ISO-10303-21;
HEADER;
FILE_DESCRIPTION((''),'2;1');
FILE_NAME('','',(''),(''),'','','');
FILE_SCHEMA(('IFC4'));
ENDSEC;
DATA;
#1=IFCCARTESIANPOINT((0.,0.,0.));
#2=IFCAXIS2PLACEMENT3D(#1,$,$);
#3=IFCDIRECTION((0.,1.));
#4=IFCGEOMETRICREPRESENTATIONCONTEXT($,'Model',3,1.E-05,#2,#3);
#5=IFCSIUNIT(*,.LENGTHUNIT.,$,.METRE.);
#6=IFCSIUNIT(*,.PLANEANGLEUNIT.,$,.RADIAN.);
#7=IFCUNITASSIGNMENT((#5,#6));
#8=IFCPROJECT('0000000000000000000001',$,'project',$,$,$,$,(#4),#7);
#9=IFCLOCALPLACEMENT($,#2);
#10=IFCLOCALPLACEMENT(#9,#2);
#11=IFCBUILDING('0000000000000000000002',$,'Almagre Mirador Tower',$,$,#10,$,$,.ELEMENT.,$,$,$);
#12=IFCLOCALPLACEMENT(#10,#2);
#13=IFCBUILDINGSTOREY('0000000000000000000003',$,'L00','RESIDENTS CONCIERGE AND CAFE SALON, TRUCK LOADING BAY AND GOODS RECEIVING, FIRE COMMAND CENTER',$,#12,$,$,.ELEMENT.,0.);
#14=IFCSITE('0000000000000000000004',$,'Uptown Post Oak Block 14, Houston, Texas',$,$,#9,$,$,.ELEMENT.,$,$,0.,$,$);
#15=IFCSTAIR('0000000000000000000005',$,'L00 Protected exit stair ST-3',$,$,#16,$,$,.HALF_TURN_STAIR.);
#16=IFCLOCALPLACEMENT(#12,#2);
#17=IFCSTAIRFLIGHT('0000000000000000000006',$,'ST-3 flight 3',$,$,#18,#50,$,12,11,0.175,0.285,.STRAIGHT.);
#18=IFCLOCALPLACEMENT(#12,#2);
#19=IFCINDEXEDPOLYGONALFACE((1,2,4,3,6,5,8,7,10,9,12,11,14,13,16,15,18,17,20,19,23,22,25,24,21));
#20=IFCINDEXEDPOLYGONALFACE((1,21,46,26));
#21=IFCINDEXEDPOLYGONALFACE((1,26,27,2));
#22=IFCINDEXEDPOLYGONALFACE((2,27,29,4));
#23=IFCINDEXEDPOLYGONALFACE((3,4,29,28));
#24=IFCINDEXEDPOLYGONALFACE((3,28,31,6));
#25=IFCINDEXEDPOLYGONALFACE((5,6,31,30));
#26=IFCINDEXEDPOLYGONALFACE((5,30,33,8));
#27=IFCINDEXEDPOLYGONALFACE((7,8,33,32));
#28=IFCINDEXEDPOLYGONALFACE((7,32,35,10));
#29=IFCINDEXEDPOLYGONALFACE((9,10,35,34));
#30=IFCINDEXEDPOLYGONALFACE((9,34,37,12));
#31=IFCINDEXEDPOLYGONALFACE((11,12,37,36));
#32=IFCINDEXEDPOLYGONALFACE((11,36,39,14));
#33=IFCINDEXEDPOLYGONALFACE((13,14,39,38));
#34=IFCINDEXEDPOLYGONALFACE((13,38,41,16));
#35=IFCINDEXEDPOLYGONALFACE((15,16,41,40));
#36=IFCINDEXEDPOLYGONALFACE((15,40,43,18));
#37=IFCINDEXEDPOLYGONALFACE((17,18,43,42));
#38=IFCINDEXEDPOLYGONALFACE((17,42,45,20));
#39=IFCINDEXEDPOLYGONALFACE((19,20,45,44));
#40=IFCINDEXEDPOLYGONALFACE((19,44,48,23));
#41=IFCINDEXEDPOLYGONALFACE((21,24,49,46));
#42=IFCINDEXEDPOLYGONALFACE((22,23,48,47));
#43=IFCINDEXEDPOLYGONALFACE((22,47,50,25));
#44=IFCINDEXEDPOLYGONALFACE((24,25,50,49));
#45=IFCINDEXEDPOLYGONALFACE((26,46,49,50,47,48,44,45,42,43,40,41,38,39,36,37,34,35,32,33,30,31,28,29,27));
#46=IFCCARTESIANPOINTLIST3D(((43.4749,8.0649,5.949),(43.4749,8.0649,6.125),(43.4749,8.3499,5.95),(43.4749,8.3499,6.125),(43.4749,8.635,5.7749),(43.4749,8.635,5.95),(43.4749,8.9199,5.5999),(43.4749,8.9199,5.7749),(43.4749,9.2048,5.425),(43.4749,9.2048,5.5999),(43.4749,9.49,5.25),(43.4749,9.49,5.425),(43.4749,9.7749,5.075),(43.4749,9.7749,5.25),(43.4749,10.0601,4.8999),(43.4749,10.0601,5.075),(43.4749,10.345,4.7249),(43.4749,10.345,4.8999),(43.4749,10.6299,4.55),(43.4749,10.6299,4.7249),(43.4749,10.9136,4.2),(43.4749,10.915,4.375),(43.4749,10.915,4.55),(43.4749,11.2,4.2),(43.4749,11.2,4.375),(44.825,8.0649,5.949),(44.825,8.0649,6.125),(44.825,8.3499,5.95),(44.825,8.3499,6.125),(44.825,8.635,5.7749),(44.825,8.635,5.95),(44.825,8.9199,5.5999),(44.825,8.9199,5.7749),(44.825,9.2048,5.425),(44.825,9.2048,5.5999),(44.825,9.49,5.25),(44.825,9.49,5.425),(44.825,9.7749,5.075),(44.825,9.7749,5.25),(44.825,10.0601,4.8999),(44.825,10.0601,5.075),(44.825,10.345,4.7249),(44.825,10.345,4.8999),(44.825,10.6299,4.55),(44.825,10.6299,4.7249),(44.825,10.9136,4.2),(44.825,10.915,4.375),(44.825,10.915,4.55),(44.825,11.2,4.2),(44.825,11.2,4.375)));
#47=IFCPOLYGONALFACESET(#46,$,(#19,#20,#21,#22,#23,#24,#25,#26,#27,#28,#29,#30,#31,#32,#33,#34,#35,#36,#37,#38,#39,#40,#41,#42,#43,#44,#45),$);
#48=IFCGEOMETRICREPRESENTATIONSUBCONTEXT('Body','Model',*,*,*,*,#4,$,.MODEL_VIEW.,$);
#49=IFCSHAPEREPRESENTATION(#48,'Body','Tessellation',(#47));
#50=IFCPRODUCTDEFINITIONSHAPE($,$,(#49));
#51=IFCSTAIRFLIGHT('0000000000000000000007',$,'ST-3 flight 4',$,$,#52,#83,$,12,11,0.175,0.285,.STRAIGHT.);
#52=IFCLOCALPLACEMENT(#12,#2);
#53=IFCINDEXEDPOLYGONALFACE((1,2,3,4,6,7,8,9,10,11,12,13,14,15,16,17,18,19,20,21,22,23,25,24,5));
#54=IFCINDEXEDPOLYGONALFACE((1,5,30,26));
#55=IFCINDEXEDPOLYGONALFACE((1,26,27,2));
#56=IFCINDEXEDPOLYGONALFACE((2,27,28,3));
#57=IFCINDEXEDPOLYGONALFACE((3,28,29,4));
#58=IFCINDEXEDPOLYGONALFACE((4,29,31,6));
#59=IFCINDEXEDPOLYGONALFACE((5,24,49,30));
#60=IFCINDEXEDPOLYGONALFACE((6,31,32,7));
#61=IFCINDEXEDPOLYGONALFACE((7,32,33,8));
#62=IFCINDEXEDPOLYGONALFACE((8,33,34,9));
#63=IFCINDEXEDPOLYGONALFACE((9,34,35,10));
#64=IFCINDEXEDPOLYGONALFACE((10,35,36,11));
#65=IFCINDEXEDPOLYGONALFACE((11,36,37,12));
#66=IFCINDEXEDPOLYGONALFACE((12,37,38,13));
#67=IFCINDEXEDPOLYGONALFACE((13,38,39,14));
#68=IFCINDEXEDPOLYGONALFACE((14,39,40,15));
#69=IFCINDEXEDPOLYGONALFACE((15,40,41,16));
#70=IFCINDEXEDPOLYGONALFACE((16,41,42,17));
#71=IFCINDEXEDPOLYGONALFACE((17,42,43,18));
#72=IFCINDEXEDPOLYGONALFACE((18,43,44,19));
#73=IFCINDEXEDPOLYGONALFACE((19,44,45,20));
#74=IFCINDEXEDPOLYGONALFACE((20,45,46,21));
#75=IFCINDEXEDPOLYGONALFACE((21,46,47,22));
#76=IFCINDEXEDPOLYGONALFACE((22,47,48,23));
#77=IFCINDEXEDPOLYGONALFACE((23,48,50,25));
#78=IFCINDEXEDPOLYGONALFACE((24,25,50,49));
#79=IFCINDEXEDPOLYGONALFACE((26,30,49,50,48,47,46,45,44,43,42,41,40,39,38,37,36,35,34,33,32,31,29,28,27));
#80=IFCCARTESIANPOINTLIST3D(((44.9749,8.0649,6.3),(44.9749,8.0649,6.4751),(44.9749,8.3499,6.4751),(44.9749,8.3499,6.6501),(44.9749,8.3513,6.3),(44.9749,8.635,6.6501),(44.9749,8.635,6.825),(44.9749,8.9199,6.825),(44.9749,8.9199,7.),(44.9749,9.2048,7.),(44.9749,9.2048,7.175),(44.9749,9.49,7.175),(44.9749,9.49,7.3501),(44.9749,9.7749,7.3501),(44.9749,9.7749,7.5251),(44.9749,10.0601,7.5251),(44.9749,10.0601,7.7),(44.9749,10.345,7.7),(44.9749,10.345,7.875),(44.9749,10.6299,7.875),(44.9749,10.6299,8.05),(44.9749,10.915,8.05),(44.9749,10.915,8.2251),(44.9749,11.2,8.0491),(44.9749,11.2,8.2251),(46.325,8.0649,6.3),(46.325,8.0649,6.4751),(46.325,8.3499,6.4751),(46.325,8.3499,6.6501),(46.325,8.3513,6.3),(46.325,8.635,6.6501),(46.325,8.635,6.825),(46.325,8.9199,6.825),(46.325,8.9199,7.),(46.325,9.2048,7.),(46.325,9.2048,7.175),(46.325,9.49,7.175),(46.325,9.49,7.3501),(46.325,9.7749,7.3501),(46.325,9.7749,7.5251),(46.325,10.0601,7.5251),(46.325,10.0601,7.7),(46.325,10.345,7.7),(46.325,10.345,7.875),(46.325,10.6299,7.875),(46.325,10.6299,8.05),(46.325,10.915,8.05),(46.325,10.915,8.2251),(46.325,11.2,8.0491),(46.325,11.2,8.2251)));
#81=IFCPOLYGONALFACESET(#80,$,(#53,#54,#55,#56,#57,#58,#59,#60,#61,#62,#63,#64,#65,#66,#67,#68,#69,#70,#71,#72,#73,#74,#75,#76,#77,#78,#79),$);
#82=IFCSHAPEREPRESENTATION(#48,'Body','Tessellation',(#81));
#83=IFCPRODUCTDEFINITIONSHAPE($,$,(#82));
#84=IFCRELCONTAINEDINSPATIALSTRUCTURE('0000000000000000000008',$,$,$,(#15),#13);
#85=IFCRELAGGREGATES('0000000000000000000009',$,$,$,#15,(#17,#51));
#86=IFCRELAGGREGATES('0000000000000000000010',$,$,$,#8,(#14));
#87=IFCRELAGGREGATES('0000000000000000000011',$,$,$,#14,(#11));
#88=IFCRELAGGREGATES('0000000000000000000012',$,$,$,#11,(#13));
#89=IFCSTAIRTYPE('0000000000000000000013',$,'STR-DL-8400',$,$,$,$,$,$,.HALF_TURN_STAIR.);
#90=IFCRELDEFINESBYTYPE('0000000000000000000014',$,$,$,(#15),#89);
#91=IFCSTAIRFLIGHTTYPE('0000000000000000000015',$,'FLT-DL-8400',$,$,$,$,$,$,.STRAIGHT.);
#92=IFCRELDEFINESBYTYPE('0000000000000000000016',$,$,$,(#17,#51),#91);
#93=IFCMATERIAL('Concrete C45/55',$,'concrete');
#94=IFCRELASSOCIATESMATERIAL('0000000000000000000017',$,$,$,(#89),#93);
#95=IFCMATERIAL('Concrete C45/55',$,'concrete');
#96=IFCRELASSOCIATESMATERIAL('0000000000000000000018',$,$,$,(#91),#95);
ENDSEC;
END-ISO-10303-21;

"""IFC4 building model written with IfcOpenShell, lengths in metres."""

from ifc_helpers import new_model, si_unit, direction, frame, origin, place, context, subcontext, project, spatial, polyline, outline, extrude, material, type_object, element, aggregate, save


model = new_model("IFC4")

# Units and contexts
model_context = context("Model", 3, precision=1e-05, world=origin(), true_north=direction((0.0, 1.0)))
body_context = subcontext(model_context, "Body", "Model", "MODEL_VIEW")
ifc_project = project(units=[si_unit("LENGTHUNIT", "METRE"), si_unit("PLANEANGLEUNIT", "RADIAN")], contexts=[model_context])

# Site, building, storey
site_placement = place(None, origin())
site = spatial("IfcSite", under=ifc_project, at=site_placement, Name="Uptown Post Oak Block 14, Houston, Texas", CompositionType="ELEMENT", RefElevation=0.0)
building_placement = place(site_placement, origin())
building = spatial("IfcBuilding", under=site, at=building_placement, Name="Almagre Mirador Tower", CompositionType="ELEMENT")
storey_placement = place(building_placement, origin())
storey = spatial("IfcBuildingStorey", under=building, at=storey_placement, Name="L00", Description="RESIDENTS CONCIERGE AND CAFE SALON, TRUCK LOADING BAY AND GOODS RECEIVING, FIRE COMMAND CENTER", CompositionType="ELEMENT", Elevation=0.0)

# Stair, stair flights
ifc_material_1 = material(Name="Concrete C45/55", Category="concrete")
stair_type = type_object("IfcStairType", Name="STR-DL-8400", PredefinedType="HALF_TURN_STAIR", material=ifc_material_1)
stair_placement = place(storey_placement, origin())
stair = element("IfcStair", 1, at=stair_placement, inside=storey, type_object=stair_type, Name="L00 Protected exit stair ST-3", PredefinedType="HALF_TURN_STAIR")
ifc_material_2 = material(Name="Concrete C45/55", Category="concrete")
stair_flight_type = type_object("IfcStairFlightType", Name="FLT-DL-8400", PredefinedType="STRAIGHT", material=ifc_material_2)
stair_flight_1_placement = place(storey_placement, frame((44.1499, 11.2, 4.2), z_axis=(0.0, 0.0, 1.0), x_axis=(0.0, -1.0, 0.0)))
stair_flight_1 = element("IfcStairFlight", 2, at=stair_flight_1_placement, type_object=stair_flight_type, Name="ST-3 flight 3", NumberOfRisers=12, NumberOfTreads=11, PredefinedType="STRAIGHT", RiserHeight=0.175, TreadLength=0.285, context=body_context, shape_type="SweptSolid", body=[
    extrude(outline(polyline([(0.0, 0.0), (0.0, 0.175), (0.2849, 0.175), (0.2849, 0.3501), (0.5701, 0.3501), (0.5701, 0.5249), (0.855, 0.5249), (0.855, 0.7), (1.1399, 0.7), (1.1399, 0.875), (1.425, 0.875), (1.425, 1.05), (1.71, 1.05), (1.71, 1.2251), (1.9951, 1.2251), (1.9951, 1.3999), (2.28, 1.3999), (2.28, 1.575), (2.5649, 1.575), (2.5649, 1.75), (2.8501, 1.75), (2.8501, 1.925), (3.135, 1.925), (3.135, 2.1001), (3.135, 1.749), (0.2864, 0.0), (0.0, 0.0)])), frame((0.0, 0.675, 0.0), z_axis=(0.0, -1.0, 0.0), x_axis=(1.0, 0.0, 0.0)), (0.0, 0.0, 1.0), 1.3501),
])
stair_flight_2_placement = place(storey_placement, frame((45.6499, 8.0649, 6.3), z_axis=(0.0, 0.0, 1.0), x_axis=(0.0, 1.0, 0.0)))
stair_flight_2 = element("IfcStairFlight", 3, at=stair_flight_2_placement, type_object=stair_flight_type, Name="ST-3 flight 4", NumberOfRisers=12, NumberOfTreads=11, PredefinedType="STRAIGHT", RiserHeight=0.175, TreadLength=0.285, context=body_context, shape_type="SweptSolid", body=[
    extrude(outline(polyline([(0.0, 0.0), (0.0, 0.175), (0.2849, 0.175), (0.2849, 0.3501), (0.5701, 0.3501), (0.5701, 0.5249), (0.855, 0.5249), (0.855, 0.7), (1.1399, 0.7), (1.1399, 0.875), (1.425, 0.875), (1.425, 1.05), (1.71, 1.05), (1.71, 1.2251), (1.9951, 1.2251), (1.9951, 1.3999), (2.28, 1.3999), (2.28, 1.575), (2.5649, 1.575), (2.5649, 1.75), (2.8501, 1.75), (2.8501, 1.925), (3.135, 1.925), (3.135, 2.1001), (3.135, 1.749), (0.2864, 0.0), (0.0, 0.0)])), frame((0.0, 0.675, 0.0), z_axis=(0.0, -1.0, 0.0), x_axis=(1.0, 0.0, 0.0)), (0.0, 0.0, 1.0), 1.3501),
])
aggregate(stair, [stair_flight_1, stair_flight_2])

save(model, "model.ifc")
